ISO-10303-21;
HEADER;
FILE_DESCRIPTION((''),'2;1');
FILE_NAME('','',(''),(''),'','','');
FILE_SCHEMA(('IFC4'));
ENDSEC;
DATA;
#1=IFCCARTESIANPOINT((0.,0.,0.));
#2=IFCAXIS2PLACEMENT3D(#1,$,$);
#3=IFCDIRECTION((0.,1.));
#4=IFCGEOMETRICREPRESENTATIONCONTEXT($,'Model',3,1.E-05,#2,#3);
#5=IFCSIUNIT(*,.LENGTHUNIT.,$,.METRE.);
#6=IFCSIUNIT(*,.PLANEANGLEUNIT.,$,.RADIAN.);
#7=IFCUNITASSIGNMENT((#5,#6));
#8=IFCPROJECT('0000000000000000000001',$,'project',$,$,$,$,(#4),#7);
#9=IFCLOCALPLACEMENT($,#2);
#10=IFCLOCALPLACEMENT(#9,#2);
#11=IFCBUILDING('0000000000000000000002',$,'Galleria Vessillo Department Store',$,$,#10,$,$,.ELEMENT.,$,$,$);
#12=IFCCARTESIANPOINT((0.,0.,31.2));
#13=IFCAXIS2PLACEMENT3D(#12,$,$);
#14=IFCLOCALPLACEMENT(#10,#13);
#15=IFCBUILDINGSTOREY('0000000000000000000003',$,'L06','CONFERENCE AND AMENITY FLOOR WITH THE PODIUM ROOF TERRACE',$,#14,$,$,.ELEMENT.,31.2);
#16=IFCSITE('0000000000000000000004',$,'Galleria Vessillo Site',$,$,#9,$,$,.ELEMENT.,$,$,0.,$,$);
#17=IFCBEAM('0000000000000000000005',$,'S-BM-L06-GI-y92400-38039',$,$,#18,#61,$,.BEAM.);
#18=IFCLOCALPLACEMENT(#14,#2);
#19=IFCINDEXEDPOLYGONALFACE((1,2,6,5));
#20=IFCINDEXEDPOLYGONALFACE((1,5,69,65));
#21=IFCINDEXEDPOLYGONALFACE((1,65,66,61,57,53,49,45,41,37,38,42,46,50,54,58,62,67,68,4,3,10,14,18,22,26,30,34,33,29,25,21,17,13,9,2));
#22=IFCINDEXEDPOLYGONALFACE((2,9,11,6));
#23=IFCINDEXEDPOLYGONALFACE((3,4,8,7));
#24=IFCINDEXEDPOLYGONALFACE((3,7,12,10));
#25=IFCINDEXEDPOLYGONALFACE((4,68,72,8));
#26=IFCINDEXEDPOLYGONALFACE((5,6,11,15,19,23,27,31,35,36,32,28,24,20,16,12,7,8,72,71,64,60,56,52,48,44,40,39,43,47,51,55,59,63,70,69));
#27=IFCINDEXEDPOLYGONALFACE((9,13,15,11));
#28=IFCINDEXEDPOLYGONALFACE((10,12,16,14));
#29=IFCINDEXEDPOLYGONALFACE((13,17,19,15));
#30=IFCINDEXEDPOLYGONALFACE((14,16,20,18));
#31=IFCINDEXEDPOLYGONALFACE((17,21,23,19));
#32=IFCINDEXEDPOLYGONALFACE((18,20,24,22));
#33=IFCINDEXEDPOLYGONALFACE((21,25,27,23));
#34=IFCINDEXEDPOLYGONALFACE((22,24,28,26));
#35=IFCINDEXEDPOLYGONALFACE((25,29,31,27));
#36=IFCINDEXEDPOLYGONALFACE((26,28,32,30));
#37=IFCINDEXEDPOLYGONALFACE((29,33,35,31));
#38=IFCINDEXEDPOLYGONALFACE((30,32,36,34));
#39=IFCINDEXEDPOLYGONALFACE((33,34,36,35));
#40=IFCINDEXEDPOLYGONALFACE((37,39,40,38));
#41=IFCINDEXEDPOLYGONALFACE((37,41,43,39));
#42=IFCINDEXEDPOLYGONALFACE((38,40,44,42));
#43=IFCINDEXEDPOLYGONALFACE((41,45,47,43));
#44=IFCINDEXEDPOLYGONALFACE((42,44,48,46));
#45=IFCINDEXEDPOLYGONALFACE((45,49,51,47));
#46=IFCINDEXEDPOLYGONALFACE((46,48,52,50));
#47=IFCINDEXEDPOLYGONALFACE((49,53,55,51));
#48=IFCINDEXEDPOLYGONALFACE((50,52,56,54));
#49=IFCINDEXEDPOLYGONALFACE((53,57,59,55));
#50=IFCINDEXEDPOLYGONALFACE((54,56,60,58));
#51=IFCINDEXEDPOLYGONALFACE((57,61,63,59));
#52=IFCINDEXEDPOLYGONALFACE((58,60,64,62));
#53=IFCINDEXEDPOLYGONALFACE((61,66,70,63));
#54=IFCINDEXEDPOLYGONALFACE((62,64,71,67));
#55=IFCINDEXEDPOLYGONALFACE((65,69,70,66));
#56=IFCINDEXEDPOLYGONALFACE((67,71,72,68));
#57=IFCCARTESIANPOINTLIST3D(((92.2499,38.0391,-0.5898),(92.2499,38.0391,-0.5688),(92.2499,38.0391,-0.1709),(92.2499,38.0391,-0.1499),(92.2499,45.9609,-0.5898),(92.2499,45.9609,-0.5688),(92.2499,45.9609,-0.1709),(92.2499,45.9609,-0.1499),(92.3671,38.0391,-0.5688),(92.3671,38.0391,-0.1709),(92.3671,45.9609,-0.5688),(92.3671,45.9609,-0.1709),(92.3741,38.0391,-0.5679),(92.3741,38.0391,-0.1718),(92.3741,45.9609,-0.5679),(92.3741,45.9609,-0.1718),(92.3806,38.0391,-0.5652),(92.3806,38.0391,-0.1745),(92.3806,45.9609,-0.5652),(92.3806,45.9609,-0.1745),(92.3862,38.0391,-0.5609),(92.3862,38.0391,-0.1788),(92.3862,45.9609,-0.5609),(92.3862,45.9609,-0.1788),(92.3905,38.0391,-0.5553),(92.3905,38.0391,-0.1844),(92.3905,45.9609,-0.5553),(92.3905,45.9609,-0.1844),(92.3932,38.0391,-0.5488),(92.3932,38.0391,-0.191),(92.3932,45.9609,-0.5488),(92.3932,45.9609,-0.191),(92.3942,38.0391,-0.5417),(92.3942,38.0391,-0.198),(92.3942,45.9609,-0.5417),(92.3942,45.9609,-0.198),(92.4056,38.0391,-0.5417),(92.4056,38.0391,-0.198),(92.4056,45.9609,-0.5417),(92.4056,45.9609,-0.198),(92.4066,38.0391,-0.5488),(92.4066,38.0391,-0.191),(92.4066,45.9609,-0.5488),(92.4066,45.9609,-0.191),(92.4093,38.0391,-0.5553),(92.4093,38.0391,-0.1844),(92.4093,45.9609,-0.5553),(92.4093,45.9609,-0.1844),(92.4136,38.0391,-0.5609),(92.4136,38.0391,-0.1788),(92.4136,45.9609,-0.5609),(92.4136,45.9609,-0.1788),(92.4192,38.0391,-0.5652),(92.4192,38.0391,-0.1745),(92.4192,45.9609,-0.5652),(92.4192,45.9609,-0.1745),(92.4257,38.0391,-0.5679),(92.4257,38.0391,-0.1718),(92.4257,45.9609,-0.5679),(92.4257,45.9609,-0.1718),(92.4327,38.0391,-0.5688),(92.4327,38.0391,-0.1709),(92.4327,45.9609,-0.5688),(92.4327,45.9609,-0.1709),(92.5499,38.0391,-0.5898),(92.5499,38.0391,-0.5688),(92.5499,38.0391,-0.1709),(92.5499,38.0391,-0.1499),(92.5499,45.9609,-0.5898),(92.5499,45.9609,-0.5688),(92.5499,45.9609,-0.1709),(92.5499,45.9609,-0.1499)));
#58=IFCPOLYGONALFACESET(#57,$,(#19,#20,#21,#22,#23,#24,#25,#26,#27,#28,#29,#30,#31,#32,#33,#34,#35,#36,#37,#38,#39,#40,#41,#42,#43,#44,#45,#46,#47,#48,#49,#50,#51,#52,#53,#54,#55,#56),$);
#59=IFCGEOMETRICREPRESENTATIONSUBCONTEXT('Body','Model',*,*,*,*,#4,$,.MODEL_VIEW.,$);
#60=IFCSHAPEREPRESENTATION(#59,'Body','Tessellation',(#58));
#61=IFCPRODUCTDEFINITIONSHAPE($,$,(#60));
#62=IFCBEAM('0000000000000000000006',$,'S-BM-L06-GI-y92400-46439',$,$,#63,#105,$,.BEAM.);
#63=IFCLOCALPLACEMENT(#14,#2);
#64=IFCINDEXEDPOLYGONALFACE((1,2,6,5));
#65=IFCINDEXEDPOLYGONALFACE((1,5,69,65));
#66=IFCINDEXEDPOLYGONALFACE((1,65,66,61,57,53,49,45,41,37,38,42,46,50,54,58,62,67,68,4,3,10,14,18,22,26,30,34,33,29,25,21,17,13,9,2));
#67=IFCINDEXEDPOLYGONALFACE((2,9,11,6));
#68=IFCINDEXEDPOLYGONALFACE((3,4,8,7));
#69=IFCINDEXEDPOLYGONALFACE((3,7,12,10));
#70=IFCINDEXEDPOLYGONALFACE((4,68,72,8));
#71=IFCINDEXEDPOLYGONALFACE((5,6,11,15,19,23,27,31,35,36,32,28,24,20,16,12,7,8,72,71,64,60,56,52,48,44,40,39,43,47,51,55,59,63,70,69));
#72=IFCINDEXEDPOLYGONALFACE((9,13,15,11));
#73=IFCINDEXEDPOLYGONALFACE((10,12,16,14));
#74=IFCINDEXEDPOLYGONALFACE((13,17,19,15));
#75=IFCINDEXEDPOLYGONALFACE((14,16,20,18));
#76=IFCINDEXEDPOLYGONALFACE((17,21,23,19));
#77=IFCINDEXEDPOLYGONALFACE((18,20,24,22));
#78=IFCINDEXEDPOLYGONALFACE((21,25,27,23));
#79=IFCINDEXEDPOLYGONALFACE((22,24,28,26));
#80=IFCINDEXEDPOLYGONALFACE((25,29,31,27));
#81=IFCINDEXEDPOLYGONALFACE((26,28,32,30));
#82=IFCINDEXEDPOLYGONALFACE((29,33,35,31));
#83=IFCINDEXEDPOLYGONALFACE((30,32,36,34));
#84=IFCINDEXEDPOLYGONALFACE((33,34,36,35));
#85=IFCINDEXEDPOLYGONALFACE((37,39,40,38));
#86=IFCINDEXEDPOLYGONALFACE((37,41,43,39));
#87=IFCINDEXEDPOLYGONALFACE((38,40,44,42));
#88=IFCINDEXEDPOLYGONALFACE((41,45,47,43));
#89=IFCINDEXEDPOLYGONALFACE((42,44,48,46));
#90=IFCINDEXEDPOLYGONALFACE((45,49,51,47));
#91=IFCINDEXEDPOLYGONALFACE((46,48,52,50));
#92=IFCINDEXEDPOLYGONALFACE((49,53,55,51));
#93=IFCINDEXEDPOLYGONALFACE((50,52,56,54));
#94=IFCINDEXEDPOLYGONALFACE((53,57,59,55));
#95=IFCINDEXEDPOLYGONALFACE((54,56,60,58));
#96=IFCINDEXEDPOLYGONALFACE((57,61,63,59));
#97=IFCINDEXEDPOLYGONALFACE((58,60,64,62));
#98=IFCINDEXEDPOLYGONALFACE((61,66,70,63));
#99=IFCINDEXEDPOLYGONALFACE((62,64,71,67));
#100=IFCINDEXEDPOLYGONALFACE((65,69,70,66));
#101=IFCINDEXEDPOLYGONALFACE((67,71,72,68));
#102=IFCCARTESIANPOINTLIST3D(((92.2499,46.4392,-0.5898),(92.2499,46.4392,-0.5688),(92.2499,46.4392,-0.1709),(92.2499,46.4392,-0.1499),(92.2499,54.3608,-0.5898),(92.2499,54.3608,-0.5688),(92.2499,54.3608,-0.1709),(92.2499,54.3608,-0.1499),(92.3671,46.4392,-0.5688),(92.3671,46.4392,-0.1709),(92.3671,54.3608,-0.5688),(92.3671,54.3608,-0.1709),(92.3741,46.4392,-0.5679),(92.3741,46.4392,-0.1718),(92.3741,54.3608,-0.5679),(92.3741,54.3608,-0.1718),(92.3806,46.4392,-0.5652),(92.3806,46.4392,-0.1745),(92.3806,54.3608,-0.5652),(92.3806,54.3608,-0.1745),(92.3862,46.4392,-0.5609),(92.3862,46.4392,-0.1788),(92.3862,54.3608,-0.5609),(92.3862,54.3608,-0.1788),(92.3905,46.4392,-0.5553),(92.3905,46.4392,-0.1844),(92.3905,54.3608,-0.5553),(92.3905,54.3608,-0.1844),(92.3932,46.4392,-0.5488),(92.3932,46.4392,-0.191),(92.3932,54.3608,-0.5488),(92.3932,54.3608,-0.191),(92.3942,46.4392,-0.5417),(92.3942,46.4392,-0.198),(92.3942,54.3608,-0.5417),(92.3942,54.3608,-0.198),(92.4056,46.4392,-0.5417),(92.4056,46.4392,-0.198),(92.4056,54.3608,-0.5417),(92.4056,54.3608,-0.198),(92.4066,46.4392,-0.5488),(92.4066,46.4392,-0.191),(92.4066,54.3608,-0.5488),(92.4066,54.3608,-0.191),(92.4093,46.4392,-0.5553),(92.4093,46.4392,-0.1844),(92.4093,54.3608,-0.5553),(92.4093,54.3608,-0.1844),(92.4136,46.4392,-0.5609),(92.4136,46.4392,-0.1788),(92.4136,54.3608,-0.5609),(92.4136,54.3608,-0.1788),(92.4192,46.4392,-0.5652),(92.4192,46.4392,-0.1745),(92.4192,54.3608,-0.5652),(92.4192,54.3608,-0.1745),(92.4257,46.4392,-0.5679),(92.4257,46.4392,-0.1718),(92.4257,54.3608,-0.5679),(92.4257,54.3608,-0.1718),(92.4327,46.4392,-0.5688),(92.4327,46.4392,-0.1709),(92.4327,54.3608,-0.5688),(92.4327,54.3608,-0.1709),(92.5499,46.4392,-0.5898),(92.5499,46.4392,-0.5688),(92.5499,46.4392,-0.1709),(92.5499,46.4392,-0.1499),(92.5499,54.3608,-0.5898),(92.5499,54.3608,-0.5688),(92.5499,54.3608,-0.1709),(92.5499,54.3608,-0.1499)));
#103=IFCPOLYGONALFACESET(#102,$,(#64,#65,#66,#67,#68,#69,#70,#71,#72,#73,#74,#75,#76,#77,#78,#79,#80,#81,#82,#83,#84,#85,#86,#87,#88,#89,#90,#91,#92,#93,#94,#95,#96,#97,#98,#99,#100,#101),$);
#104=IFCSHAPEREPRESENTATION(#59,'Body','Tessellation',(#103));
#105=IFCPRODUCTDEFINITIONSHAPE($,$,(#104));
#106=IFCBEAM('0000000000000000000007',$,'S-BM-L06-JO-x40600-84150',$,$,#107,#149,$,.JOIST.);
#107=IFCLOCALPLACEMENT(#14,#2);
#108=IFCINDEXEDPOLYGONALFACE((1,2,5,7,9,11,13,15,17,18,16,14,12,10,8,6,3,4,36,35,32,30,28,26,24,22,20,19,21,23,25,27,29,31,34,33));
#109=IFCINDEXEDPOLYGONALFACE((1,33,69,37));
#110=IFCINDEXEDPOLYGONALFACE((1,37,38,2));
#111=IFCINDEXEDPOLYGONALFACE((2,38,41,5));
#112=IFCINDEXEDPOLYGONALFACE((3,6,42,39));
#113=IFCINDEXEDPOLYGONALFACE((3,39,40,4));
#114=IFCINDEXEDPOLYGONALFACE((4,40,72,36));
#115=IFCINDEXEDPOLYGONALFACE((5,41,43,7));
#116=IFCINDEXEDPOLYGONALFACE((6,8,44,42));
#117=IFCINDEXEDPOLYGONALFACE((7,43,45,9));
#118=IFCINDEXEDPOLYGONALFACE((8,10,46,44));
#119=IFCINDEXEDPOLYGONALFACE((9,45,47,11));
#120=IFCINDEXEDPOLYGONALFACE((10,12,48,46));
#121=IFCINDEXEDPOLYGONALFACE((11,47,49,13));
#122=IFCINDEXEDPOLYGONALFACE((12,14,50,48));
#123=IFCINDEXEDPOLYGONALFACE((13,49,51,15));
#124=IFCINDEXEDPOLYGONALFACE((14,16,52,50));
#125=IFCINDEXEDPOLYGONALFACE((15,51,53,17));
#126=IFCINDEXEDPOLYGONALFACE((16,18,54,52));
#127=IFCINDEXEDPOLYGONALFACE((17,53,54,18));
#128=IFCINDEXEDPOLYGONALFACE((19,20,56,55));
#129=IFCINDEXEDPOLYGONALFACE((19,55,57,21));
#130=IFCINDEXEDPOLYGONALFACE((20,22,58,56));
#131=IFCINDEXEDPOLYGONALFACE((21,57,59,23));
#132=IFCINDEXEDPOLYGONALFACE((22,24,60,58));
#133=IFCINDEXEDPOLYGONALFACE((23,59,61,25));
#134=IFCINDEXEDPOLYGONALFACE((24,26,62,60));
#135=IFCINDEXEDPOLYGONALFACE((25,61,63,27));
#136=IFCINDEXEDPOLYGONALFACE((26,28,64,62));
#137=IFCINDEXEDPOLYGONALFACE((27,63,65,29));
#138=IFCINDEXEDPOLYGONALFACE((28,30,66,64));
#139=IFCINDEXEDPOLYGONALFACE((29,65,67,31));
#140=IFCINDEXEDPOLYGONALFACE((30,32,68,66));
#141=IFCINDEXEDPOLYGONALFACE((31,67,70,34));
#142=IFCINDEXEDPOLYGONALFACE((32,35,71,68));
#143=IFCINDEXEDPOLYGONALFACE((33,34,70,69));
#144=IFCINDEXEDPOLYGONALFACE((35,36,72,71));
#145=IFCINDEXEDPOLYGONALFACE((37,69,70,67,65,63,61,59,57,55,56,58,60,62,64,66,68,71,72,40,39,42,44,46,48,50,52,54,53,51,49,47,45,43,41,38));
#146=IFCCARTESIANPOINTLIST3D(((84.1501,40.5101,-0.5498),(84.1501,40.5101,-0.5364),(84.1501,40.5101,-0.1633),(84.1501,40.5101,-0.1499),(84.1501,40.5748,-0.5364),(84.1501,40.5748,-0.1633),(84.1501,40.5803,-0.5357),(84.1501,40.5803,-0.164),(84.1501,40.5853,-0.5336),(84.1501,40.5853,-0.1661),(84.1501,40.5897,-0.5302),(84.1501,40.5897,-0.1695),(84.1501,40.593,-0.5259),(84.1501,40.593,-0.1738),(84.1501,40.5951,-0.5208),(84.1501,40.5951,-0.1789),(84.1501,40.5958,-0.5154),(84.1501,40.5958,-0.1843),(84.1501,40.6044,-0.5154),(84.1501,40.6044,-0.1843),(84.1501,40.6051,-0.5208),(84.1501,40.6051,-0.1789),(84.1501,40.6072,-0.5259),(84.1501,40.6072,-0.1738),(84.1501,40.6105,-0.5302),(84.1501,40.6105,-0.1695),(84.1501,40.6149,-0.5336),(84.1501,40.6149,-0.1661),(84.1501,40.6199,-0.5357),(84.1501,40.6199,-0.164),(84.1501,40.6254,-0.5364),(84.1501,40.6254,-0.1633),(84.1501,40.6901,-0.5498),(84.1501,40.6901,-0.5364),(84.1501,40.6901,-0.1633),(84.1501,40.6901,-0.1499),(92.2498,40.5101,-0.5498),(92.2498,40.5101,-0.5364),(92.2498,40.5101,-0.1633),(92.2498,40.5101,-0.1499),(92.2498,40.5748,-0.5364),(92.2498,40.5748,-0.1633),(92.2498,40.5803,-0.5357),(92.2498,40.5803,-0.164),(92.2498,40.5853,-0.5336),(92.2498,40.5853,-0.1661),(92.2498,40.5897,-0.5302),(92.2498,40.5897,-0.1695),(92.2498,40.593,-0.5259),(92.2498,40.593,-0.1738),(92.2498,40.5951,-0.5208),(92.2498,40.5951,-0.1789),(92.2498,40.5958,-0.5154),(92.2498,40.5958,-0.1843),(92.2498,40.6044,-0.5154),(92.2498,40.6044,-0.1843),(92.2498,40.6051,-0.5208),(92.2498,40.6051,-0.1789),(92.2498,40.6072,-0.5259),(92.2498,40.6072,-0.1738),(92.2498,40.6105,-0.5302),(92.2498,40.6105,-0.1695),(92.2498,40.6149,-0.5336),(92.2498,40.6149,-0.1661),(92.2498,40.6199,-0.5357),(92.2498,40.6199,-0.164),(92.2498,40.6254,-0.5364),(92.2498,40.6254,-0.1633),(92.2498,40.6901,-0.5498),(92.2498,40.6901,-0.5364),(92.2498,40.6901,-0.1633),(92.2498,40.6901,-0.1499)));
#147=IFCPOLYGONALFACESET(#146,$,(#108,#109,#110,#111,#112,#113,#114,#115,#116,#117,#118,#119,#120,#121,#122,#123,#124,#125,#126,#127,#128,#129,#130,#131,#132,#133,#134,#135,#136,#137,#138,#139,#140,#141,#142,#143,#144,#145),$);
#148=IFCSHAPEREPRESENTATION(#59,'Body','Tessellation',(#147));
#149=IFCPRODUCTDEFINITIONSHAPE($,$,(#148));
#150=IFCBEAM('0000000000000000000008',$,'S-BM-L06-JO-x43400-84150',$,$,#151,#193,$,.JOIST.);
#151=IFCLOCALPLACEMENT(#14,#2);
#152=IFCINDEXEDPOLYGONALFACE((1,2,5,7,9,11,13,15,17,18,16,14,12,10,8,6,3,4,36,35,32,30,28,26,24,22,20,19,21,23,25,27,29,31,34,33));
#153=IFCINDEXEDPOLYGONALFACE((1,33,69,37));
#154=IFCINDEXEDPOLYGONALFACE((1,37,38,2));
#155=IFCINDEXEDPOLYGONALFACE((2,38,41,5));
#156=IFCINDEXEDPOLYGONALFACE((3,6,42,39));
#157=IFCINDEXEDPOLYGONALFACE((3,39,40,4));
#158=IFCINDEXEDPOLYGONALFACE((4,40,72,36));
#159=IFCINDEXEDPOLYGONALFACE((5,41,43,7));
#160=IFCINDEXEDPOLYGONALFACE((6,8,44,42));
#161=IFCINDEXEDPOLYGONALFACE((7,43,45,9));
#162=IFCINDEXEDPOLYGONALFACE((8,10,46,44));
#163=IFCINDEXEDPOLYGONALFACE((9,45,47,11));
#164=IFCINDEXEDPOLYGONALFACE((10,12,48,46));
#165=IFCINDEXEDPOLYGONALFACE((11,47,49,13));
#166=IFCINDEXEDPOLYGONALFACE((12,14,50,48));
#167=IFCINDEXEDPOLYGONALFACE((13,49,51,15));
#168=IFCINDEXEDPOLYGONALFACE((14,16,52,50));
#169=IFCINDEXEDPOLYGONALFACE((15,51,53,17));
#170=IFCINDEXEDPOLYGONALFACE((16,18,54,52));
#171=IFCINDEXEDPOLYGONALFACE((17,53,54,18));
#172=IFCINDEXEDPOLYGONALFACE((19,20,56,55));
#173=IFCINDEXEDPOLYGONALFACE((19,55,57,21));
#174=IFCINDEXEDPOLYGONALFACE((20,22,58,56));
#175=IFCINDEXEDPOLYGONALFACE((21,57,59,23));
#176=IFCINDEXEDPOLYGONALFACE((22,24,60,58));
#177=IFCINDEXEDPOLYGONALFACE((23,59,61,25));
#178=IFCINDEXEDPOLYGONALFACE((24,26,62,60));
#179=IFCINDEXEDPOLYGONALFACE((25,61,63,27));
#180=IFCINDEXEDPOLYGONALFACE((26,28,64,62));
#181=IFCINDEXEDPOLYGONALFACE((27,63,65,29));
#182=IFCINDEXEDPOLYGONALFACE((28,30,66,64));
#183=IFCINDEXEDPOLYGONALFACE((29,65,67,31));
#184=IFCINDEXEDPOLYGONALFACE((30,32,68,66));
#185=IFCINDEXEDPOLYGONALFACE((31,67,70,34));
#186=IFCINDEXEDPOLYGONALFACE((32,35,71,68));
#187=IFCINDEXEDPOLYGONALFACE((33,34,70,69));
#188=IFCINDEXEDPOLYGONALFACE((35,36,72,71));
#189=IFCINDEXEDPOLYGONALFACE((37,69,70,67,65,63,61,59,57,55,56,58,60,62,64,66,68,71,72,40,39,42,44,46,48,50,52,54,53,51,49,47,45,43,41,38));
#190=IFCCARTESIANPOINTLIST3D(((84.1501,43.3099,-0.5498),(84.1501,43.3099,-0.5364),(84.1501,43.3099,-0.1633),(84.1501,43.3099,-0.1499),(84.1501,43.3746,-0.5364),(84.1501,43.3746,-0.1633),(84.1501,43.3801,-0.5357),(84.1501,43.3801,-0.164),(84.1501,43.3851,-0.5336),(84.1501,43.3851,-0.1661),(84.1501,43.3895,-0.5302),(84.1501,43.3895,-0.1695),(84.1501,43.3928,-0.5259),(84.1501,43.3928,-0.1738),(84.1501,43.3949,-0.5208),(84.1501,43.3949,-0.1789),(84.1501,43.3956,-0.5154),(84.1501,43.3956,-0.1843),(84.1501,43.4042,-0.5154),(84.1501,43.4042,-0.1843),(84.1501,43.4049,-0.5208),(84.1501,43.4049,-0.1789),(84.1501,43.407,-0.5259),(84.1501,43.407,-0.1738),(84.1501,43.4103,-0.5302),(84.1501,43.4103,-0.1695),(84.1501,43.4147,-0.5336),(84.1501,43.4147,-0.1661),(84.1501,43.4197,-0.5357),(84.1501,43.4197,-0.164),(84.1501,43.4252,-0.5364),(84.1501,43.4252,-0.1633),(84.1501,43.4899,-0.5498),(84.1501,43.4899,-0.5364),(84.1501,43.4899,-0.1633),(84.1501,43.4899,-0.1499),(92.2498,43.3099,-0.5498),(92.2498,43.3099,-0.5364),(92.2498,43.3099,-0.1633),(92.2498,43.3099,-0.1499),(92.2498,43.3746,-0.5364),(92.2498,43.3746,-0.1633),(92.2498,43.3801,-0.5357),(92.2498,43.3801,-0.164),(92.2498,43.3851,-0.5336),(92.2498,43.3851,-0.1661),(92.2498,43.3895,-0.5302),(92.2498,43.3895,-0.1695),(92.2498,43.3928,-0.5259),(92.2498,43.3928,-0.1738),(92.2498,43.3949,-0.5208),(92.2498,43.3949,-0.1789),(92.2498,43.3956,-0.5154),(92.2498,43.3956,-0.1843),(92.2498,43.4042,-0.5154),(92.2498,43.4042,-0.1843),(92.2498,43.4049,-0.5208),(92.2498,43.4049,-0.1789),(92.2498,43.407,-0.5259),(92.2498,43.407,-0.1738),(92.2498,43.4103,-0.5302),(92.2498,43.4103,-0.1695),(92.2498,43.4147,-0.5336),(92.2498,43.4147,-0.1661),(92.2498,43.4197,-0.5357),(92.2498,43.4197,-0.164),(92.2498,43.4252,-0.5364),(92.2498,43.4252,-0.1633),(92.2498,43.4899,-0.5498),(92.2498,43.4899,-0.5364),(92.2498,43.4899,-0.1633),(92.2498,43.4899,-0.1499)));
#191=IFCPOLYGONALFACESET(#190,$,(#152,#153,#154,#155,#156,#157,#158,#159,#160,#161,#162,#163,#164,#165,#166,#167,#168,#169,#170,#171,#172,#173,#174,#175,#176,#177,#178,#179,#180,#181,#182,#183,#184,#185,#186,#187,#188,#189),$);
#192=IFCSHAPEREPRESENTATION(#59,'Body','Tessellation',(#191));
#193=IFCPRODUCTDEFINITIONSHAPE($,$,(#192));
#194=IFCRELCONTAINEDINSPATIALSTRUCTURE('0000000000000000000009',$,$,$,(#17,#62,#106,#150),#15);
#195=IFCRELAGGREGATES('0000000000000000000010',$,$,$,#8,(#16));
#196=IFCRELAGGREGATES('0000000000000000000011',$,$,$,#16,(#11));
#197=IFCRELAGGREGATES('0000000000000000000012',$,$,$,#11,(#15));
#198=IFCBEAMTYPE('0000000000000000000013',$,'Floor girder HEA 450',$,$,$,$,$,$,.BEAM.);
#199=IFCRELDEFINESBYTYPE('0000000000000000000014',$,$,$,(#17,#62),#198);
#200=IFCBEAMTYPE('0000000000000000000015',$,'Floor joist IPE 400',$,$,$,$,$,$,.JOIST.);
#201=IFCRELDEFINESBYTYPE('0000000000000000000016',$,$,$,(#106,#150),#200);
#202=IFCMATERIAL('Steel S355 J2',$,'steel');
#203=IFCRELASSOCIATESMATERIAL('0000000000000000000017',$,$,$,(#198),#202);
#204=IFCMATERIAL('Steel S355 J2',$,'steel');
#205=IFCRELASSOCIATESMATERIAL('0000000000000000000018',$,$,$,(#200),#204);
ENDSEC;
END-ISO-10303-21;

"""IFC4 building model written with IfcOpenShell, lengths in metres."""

from ifc_helpers import new_model, si_unit, direction, frame, origin, origin_2d, place, context, subcontext, project, spatial, i_section, extrude, material, material_profile, profile_set, type_object, element, save


model = new_model("IFC4")

# Units and contexts
model_context = context("Model", 3, precision=1e-05, world=origin(), true_north=direction((0.0, 1.0)))
body_context = subcontext(model_context, "Body", "Model", "MODEL_VIEW")
ifc_project = project(units=[si_unit("LENGTHUNIT", "METRE"), si_unit("PLANEANGLEUNIT", "RADIAN")], contexts=[model_context])

# Site, building, storey
site_placement = place(None, origin())
site = spatial("IfcSite", under=ifc_project, at=site_placement, Name="Galleria Vessillo Site", CompositionType="ELEMENT", RefElevation=0.0)
building_placement = place(site_placement, origin())
building = spatial("IfcBuilding", under=site, at=building_placement, Name="Galleria Vessillo Department Store", CompositionType="ELEMENT")
storey_placement = place(building_placement, frame((0.0, 0.0, 31.2)))
storey = spatial("IfcBuildingStorey", under=building, at=storey_placement, Name="L06", Description="CONFERENCE AND AMENITY FLOOR WITH THE PODIUM ROOF TERRACE", CompositionType="ELEMENT", Elevation=31.2)

# Beams
ifc_material_1 = material(Name="Steel S355 J2", Category="steel")
ifc_material_profile_1 = material_profile(ifc_material_1, i_section(OverallWidth=0.3, OverallDepth=0.4399, WebThickness=0.0115, FlangeThickness=0.021, FilletRadius=0.0271, at=origin_2d()), Name="HEA 450")
ifc_profile_set_1 = profile_set([ifc_material_profile_1], Name="Steel S355 J2")
beam_type_1 = type_object("IfcBeamType", Name="Floor girder HEA 450", PredefinedType="BEAM", material=ifc_profile_set_1)
beam_1_placement = place(storey_placement, frame((92.3999, 38.0391, -0.3699), z_axis=(0.0, 1.0, 0.0), x_axis=(-1.0, 0.0, 0.0)))
element("IfcBeam", 1, at=beam_1_placement, inside=storey, type_object=beam_type_1, Name="S-BM-L06-GI-y92400-38039", PredefinedType="BEAM", context=body_context, shape_type="SweptSolid", body=[
    extrude(i_section(OverallWidth=0.3, OverallDepth=0.4399, WebThickness=0.0115, FlangeThickness=0.021, FilletRadius=0.0271, at=origin_2d()), origin(), (0.0, 0.0, 1.0), 7.9219),
])
beam_2_placement = place(storey_placement, frame((92.3999, 46.4392, -0.3699), z_axis=(0.0, 1.0, 0.0), x_axis=(-1.0, 0.0, 0.0)))
element("IfcBeam", 2, at=beam_2_placement, inside=storey, type_object=beam_type_1, Name="S-BM-L06-GI-y92400-46439", PredefinedType="BEAM", context=body_context, shape_type="SweptSolid", body=[
    extrude(i_section(OverallWidth=0.3, OverallDepth=0.4399, WebThickness=0.0115, FlangeThickness=0.021, FilletRadius=0.0271, at=origin_2d()), origin(), (0.0, 0.0, 1.0), 7.9216),
])
ifc_material_2 = material(Name="Steel S355 J2", Category="steel")
ifc_material_profile_2 = material_profile(ifc_material_2, i_section(OverallWidth=0.1799, OverallDepth=0.3999, WebThickness=0.0085, FlangeThickness=0.0134, FilletRadius=0.021, at=origin_2d()), Name="IPE 400")
ifc_profile_set_2 = profile_set([ifc_material_profile_2], Name="Steel S355 J2")
beam_type_2 = type_object("IfcBeamType", Name="Floor joist IPE 400", PredefinedType="JOIST", material=ifc_profile_set_2)
for number, where, z_axis, x_axis, name in (
    (3, (84.1501, 40.6001, -0.3499), (1.0, 0.0, 0.0), (0.0, 1.0, 0.0), "S-BM-L06-JO-x40600-84150"),
    (4, (84.1501, 43.3999, -0.3499), (1.0, 0.0, 0.0), (0.0, 1.0, 0.0), "S-BM-L06-JO-x43400-84150"),
):
    element("IfcBeam", number, at=place(storey_placement, frame(where, z_axis=z_axis, x_axis=x_axis)), inside=storey, type_object=beam_type_2, Name=name, PredefinedType="JOIST", context=body_context, shape_type="SweptSolid", body=[
        extrude(i_section(OverallWidth=0.1799, OverallDepth=0.3999, WebThickness=0.0085, FlangeThickness=0.0134, FilletRadius=0.021, at=origin_2d()), origin(), (0.0, 0.0, 1.0), 8.0996),
    ])

save(model, "model.ifc")
